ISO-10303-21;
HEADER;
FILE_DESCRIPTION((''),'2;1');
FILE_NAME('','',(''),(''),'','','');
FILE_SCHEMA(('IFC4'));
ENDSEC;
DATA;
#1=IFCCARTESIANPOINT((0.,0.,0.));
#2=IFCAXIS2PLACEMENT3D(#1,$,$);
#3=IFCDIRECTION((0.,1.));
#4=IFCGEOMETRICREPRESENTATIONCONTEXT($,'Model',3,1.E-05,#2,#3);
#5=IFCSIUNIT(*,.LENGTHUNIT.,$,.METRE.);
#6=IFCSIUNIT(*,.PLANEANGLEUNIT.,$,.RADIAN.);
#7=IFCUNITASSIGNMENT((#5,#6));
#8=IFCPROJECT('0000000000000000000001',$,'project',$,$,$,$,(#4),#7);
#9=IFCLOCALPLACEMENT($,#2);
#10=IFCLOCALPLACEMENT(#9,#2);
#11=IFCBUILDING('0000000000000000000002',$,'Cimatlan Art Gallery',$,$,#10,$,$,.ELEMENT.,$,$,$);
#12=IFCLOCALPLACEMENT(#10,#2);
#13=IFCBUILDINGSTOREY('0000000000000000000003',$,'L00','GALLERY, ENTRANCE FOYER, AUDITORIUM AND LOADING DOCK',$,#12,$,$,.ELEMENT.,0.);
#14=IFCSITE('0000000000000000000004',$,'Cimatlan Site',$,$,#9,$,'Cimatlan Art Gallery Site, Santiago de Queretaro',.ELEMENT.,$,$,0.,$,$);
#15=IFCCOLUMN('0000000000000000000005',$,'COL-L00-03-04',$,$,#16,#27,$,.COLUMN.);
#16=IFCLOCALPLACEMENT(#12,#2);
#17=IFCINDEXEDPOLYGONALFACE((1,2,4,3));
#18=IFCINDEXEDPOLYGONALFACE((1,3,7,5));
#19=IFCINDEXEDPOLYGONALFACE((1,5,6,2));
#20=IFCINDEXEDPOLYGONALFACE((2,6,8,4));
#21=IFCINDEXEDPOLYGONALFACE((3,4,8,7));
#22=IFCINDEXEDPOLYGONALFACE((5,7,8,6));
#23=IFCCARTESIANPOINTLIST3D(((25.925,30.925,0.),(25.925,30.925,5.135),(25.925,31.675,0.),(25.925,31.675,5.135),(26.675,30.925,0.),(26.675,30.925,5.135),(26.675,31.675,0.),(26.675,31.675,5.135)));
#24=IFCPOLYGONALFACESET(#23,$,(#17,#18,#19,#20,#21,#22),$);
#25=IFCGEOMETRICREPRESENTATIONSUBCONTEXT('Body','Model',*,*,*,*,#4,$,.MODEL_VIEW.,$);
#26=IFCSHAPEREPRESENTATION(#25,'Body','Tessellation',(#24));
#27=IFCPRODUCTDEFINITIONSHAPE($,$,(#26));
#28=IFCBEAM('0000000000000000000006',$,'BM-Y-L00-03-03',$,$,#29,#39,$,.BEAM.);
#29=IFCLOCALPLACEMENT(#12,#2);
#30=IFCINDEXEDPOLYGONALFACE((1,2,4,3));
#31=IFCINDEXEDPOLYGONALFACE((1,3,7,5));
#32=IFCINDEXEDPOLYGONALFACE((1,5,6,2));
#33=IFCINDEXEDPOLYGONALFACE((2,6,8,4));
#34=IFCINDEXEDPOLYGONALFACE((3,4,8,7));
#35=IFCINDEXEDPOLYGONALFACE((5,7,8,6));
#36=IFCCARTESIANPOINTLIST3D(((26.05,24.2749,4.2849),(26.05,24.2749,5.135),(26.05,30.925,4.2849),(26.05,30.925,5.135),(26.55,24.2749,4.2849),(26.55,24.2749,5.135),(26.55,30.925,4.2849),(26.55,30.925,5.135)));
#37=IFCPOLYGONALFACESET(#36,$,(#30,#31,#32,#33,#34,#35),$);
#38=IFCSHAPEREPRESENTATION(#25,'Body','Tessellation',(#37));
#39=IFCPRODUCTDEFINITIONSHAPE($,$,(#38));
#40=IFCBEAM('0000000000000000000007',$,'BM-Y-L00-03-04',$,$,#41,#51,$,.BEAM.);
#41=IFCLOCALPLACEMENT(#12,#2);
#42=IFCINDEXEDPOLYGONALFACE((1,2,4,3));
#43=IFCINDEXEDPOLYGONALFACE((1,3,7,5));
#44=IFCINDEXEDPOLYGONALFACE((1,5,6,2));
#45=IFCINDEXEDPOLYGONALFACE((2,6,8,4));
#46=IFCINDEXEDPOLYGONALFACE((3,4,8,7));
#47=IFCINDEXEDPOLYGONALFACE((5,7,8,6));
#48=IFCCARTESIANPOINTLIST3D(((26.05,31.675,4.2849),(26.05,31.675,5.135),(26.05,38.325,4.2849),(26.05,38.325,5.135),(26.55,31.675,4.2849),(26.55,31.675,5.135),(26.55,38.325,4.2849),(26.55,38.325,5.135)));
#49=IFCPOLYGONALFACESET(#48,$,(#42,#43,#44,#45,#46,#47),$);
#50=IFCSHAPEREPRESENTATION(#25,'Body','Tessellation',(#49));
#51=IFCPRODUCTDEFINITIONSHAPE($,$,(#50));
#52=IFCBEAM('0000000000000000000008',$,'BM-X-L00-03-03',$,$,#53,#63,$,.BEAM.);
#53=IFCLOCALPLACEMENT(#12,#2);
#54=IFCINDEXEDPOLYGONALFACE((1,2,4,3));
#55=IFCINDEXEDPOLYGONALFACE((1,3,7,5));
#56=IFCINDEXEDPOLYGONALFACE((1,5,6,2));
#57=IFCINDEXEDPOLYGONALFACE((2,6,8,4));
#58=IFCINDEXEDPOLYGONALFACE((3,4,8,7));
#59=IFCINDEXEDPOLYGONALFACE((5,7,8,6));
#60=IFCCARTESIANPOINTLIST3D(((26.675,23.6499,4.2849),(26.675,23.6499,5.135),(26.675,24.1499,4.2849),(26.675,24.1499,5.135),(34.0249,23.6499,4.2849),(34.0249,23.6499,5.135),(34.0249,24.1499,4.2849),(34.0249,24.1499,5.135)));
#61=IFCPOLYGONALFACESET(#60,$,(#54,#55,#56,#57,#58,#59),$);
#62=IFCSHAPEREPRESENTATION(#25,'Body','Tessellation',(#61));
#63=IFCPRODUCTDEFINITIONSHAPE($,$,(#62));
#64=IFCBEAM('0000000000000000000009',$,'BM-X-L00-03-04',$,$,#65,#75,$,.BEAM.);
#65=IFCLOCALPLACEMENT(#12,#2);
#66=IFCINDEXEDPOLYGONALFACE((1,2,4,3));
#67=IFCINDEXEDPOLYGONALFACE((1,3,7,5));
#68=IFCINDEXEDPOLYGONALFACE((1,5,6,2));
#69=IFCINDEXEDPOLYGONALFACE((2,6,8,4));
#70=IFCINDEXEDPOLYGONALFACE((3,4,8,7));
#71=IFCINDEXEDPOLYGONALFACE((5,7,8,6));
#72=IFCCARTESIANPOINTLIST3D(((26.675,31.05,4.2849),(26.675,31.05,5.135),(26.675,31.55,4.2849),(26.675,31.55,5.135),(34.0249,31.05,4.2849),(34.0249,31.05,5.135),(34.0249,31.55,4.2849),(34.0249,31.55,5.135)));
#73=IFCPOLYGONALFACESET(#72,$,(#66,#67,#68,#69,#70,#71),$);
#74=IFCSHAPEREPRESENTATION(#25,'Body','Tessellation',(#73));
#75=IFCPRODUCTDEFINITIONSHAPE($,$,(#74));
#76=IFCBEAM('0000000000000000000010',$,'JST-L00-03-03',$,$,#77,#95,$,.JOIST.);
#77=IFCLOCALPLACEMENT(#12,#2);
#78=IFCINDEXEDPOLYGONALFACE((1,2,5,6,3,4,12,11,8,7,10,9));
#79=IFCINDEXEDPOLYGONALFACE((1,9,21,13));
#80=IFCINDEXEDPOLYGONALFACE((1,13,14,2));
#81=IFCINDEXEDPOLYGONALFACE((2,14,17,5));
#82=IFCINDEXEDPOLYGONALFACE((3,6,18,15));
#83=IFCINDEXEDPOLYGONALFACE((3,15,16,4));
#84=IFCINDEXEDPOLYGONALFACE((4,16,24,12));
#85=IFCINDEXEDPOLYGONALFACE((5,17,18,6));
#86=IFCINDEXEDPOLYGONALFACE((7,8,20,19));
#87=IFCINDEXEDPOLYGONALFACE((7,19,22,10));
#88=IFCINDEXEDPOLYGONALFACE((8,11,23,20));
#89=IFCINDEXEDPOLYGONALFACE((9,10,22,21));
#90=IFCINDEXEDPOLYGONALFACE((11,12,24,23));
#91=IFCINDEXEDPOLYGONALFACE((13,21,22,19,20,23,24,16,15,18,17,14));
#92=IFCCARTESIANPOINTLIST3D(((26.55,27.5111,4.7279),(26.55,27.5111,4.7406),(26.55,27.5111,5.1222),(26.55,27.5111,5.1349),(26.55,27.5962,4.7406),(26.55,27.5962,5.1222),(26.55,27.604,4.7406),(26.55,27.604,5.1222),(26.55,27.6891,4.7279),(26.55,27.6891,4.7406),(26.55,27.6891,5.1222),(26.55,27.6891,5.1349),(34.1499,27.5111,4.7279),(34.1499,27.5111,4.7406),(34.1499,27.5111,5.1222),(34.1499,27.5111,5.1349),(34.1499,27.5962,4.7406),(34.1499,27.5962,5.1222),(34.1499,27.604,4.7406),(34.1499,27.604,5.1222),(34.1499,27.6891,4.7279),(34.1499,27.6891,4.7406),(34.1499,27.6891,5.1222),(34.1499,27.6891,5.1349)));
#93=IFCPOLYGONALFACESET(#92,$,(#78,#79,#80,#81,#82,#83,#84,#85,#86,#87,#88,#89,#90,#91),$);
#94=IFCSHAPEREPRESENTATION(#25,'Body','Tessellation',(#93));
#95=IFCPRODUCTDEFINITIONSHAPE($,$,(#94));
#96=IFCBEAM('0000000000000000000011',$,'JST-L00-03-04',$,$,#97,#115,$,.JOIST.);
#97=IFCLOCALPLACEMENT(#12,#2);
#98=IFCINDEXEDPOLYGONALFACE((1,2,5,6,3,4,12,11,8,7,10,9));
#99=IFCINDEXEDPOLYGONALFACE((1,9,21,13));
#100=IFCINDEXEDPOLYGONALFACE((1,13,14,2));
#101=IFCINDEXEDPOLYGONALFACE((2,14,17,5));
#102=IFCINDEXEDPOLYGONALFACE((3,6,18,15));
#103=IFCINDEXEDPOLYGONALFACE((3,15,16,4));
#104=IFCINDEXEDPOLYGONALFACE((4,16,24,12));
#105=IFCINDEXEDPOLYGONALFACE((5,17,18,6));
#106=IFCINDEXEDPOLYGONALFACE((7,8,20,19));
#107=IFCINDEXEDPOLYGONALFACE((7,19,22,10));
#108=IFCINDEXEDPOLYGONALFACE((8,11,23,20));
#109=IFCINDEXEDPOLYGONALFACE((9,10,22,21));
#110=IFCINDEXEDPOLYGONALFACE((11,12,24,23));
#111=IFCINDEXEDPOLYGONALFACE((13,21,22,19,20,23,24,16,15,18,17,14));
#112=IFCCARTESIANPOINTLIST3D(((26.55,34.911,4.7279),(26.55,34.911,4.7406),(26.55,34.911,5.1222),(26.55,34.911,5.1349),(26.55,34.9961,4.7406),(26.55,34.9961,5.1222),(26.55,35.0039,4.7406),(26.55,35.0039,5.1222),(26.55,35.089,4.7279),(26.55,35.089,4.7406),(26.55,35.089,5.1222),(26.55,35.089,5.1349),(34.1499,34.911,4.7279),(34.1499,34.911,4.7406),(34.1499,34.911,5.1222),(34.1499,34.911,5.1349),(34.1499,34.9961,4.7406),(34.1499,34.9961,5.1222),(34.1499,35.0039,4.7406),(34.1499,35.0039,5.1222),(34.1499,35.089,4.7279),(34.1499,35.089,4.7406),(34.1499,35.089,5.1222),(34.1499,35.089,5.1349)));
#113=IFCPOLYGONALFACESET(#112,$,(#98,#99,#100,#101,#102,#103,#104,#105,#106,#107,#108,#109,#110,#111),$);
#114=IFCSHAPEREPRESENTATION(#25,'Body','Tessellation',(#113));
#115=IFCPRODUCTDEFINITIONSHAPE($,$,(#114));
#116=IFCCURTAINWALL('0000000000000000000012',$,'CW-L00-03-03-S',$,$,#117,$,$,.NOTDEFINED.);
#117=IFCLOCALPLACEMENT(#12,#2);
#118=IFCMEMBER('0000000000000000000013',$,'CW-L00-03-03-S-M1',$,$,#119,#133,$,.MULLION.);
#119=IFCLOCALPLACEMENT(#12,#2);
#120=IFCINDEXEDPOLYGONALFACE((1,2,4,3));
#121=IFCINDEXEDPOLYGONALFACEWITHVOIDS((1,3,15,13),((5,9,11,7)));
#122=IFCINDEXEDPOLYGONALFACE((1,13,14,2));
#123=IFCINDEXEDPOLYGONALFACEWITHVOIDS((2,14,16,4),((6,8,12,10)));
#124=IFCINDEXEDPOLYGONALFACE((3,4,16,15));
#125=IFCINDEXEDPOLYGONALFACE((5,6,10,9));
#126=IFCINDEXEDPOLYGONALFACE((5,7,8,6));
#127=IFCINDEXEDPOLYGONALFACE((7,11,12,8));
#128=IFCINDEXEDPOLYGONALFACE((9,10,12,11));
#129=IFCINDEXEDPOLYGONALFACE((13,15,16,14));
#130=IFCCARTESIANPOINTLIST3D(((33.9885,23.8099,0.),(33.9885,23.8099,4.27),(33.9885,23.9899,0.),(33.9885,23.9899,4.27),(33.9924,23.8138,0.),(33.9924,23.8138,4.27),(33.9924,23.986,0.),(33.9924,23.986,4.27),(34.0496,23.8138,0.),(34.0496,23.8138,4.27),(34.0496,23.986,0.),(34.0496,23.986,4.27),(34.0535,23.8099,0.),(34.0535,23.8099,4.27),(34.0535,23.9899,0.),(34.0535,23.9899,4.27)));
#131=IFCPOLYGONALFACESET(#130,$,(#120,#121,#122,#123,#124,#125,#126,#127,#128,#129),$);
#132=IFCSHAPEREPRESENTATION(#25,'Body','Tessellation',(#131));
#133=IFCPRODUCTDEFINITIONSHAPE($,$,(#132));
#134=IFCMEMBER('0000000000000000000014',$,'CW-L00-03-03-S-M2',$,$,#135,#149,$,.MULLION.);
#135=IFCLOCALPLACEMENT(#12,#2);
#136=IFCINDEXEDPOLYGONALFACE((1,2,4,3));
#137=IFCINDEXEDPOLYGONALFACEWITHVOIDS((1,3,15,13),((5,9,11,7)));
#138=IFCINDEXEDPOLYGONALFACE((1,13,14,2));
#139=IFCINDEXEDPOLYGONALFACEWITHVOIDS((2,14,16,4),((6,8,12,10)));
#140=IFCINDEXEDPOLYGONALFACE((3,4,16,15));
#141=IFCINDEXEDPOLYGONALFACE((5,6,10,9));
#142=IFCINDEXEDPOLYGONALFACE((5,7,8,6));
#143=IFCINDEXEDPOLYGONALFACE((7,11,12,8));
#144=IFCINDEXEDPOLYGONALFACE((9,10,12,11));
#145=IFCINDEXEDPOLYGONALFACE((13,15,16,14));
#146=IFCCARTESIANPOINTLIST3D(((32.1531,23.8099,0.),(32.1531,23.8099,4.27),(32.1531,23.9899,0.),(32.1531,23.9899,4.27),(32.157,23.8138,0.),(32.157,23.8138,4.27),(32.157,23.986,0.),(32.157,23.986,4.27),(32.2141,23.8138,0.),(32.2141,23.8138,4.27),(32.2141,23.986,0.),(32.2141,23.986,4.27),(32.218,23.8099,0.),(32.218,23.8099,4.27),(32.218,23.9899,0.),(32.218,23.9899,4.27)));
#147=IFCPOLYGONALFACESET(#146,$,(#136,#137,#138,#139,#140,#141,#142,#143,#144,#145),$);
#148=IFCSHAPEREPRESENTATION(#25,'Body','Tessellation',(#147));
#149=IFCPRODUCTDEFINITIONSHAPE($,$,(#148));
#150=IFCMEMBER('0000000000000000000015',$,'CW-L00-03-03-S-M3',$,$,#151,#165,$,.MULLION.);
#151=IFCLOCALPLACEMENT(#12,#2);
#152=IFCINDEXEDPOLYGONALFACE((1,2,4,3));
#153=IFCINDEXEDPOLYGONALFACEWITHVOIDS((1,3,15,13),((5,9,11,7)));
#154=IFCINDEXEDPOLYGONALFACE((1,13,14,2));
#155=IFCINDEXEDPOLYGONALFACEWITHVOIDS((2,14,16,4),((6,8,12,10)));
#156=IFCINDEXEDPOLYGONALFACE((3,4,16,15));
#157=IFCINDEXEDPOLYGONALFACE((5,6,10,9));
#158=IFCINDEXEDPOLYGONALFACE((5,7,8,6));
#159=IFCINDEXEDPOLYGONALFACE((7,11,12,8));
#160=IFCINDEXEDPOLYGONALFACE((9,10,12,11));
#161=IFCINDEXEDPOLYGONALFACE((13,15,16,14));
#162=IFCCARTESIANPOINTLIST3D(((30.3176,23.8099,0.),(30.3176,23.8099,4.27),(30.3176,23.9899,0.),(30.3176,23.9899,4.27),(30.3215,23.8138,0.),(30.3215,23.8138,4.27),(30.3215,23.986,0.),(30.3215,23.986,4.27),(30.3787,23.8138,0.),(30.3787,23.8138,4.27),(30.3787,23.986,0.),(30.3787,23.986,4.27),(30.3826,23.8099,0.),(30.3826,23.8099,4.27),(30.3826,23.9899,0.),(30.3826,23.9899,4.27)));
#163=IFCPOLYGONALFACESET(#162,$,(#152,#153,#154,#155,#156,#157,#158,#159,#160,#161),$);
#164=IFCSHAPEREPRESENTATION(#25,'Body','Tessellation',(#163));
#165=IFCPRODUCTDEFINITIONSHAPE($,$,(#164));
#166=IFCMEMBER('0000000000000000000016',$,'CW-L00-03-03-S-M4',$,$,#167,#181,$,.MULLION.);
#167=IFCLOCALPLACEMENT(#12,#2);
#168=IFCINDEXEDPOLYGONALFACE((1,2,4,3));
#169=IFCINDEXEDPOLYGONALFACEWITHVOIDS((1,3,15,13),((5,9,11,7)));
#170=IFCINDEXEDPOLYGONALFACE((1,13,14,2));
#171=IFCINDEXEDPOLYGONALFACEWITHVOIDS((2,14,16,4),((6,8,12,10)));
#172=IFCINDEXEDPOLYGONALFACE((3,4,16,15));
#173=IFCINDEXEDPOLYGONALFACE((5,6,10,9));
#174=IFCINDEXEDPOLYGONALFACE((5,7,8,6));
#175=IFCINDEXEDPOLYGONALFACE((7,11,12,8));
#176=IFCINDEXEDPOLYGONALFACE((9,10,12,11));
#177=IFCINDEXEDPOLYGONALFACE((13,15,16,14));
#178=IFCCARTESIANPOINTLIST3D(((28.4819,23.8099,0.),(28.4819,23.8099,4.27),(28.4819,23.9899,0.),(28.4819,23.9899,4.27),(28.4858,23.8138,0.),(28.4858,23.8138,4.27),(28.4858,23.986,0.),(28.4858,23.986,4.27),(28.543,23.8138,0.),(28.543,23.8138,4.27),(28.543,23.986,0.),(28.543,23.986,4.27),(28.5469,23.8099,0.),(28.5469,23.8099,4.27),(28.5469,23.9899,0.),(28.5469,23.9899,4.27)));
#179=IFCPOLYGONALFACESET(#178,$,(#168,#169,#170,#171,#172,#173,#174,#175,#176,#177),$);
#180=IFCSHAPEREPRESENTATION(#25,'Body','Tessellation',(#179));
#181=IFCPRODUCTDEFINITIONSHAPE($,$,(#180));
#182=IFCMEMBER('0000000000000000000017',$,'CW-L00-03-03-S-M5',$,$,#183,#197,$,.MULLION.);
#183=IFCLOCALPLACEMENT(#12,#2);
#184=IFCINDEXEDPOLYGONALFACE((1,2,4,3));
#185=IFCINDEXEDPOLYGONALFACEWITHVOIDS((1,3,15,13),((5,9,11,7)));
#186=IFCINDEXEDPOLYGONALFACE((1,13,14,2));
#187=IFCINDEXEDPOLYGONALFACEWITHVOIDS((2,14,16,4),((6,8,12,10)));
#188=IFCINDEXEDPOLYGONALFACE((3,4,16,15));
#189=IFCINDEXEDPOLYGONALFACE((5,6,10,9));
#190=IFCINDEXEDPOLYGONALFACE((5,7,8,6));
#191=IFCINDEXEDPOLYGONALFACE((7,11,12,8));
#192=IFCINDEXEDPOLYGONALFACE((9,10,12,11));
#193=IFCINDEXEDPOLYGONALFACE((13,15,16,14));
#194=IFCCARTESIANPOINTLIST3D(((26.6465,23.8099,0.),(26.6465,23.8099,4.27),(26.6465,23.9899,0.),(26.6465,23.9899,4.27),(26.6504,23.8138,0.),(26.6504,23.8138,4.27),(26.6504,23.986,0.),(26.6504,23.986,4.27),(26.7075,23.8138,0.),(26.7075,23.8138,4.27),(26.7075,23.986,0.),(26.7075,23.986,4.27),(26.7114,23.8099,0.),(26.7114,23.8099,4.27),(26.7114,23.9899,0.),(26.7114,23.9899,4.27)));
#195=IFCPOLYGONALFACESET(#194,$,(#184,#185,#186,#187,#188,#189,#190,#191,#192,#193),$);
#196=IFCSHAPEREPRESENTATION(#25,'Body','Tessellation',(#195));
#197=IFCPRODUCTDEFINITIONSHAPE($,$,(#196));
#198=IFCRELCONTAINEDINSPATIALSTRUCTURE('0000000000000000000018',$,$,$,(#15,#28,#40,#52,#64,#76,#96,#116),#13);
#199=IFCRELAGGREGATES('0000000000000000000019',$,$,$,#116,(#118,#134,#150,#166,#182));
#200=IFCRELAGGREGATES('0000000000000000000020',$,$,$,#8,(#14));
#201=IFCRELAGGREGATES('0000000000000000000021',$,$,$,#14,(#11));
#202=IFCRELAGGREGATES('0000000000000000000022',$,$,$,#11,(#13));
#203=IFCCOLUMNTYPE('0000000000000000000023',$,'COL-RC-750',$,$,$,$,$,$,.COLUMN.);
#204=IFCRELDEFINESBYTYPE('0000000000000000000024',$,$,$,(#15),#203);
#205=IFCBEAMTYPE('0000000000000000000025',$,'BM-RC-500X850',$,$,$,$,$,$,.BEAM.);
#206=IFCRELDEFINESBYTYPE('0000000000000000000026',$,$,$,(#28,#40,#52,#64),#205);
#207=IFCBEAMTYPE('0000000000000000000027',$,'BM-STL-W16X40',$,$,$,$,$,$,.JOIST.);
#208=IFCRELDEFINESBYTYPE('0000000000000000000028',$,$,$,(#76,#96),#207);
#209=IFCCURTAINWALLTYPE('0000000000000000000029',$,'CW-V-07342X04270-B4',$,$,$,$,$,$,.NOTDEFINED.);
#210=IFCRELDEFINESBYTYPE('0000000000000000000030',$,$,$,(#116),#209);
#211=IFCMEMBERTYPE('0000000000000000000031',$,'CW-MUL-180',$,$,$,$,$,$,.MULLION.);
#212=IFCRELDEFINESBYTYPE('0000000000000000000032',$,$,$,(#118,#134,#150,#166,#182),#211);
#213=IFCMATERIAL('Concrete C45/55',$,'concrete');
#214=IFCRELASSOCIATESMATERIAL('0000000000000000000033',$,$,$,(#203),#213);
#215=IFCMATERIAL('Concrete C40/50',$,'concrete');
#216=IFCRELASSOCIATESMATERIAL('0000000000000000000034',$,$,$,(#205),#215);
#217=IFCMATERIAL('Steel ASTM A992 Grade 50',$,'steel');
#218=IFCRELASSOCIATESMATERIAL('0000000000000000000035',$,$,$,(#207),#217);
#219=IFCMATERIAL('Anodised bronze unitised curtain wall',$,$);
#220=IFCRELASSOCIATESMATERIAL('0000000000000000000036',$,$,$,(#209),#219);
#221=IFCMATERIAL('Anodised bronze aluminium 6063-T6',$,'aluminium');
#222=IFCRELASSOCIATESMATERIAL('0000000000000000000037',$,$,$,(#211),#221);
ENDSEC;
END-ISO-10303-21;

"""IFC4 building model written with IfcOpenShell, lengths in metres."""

from ifc_helpers import new_model, si_unit, direction, frame, origin, origin_2d, place, context, subcontext, project, spatial, rectangle, hollow_rectangle, i_section, extrude, material, material_profile, profile_set, type_object, element, aggregate, save


model = new_model("IFC4")

# Units and contexts
model_context = context("Model", 3, precision=1e-05, world=origin(), true_north=direction((0.0, 1.0)))
body_context = subcontext(model_context, "Body", "Model", "MODEL_VIEW")
ifc_project = project(units=[si_unit("LENGTHUNIT", "METRE"), si_unit("PLANEANGLEUNIT", "RADIAN")], contexts=[model_context])

# Site, building, storey
site_placement = place(None, origin())
site = spatial("IfcSite", under=ifc_project, at=site_placement, Name="Cimatlan Site", LongName="Cimatlan Art Gallery Site, Santiago de Queretaro", CompositionType="ELEMENT", RefElevation=0.0)
building_placement = place(site_placement, origin())
building = spatial("IfcBuilding", under=site, at=building_placement, Name="Cimatlan Art Gallery", CompositionType="ELEMENT")
storey_placement = place(building_placement, origin())
storey = spatial("IfcBuildingStorey", under=building, at=storey_placement, Name="L00", Description="GALLERY, ENTRANCE FOYER, AUDITORIUM AND LOADING DOCK", CompositionType="ELEMENT", Elevation=0.0)

# Column
ifc_material_1 = material(Name="Concrete C45/55", Category="concrete")
ifc_material_profile_1 = material_profile(ifc_material_1, rectangle(XDim=0.75, YDim=0.75, at=origin_2d()), Name="RC750X750")
ifc_profile_set_1 = profile_set([ifc_material_profile_1], Name="Concrete C45/55")
column_type = type_object("IfcColumnType", Name="COL-RC-750", PredefinedType="COLUMN", material=ifc_profile_set_1)
column_placement = place(storey_placement, frame((26.3, 31.3, 0.0), z_axis=(0.0, 0.0, 1.0), x_axis=(1.0, 0.0, 0.0)))
element("IfcColumn", 1, at=column_placement, inside=storey, type_object=column_type, Name="COL-L00-03-04", PredefinedType="COLUMN", context=body_context, shape_type="SweptSolid", body=[
    extrude(rectangle(XDim=0.75, YDim=0.75, at=origin_2d()), origin(), (0.0, 0.0, 1.0), 5.135),
])

# Beams
ifc_material_2 = material(Name="Concrete C40/50", Category="concrete")
ifc_material_profile_2 = material_profile(ifc_material_2, rectangle(XDim=0.5, YDim=0.8501, at=origin_2d()), Name="RC500X850")
ifc_profile_set_2 = profile_set([ifc_material_profile_2], Name="Concrete C40/50")
beam_type_1 = type_object("IfcBeamType", Name="BM-RC-500X850", PredefinedType="BEAM", material=ifc_profile_set_2)
beam_1_placement = place(storey_placement, frame((26.3, 24.2749, 4.71), z_axis=(0.0, 1.0, 0.0), x_axis=(-1.0, 0.0, 0.0)))
element("IfcBeam", 2, at=beam_1_placement, inside=storey, type_object=beam_type_1, Name="BM-Y-L00-03-03", PredefinedType="BEAM", context=body_context, shape_type="SweptSolid", body=[
    extrude(rectangle(XDim=0.5, YDim=0.8501, at=origin_2d()), origin(), (0.0, 0.0, 1.0), 6.6501),
])
beam_2_placement = place(storey_placement, frame((26.3, 31.675, 4.71), z_axis=(0.0, 1.0, 0.0), x_axis=(-1.0, 0.0, 0.0)))
element("IfcBeam", 3, at=beam_2_placement, inside=storey, type_object=beam_type_1, Name="BM-Y-L00-03-04", PredefinedType="BEAM", context=body_context, shape_type="SweptSolid", body=[
    extrude(rectangle(XDim=0.5, YDim=0.8501, at=origin_2d()), origin(), (0.0, 0.0, 1.0), 6.6499),
])
for number, where, z_axis, x_axis, name in (
    (4, (26.675, 23.8999, 4.71), (1.0, 0.0, 0.0), (0.0, 1.0, 0.0), "BM-X-L00-03-03"),
    (5, (26.675, 31.3, 4.71), (1.0, 0.0, 0.0), (0.0, 1.0, 0.0), "BM-X-L00-03-04"),
):
    element("IfcBeam", number, at=place(storey_placement, frame(where, z_axis=z_axis, x_axis=x_axis)), inside=storey, type_object=beam_type_1, Name=name, PredefinedType="BEAM", context=body_context, shape_type="SweptSolid", body=[
        extrude(rectangle(XDim=0.5, YDim=0.8501, at=origin_2d()), origin(), (0.0, 0.0, 1.0), 7.3499),
    ])
ifc_material_3 = material(Name="Steel ASTM A992 Grade 50", Category="steel")
ifc_material_profile_3 = material_profile(ifc_material_3, i_section(OverallWidth=0.178, OverallDepth=0.407, WebThickness=0.0078, FlangeThickness=0.0127, at=origin_2d()), Name="W16X40")
ifc_profile_set_3 = profile_set([ifc_material_profile_3], Name="Steel ASTM A992 Grade 50")
beam_type_2 = type_object("IfcBeamType", Name="BM-STL-W16X40", PredefinedType="JOIST", material=ifc_profile_set_3)
for number, where, z_axis, x_axis, name in (
    (6, (26.55, 27.6001, 4.9314), (1.0, 0.0, 0.0), (0.0, 1.0, 0.0), "JST-L00-03-03"),
    (7, (26.55, 35.0, 4.9314), (1.0, 0.0, 0.0), (0.0, 1.0, 0.0), "JST-L00-03-04"),
):
    element("IfcBeam", number, at=place(storey_placement, frame(where, z_axis=z_axis, x_axis=x_axis)), inside=storey, type_object=beam_type_2, Name=name, PredefinedType="JOIST", context=body_context, shape_type="SweptSolid", body=[
        extrude(i_section(OverallWidth=0.178, OverallDepth=0.407, WebThickness=0.0078, FlangeThickness=0.0127, at=origin_2d()), origin(), (0.0, 0.0, 1.0), 7.5999),
    ])

# Curtain wall, members
ifc_material_4 = material(Name="Anodised bronze unitised curtain wall")
curtain_wall_type = type_object("IfcCurtainWallType", Name="CW-V-07342X04270-B4", PredefinedType="NOTDEFINED", material=ifc_material_4)
curtain_wall_placement = place(storey_placement, origin())
curtain_wall = element("IfcCurtainWall", 8, at=curtain_wall_placement, inside=storey, type_object=curtain_wall_type, Name="CW-L00-03-03-S", PredefinedType="NOTDEFINED")
ifc_material_5 = material(Name="Anodised bronze aluminium 6063-T6", Category="aluminium")
ifc_material_profile_4 = material_profile(ifc_material_5, hollow_rectangle(XDim=0.0649, YDim=0.1799, WallThickness=0.0039, at=origin_2d()), Name="ALU65X180X4")
ifc_profile_set_4 = profile_set([ifc_material_profile_4], Name="Anodised bronze aluminium 6063-T6")
member_type_1 = type_object("IfcMemberType", Name="CW-MUL-180", PredefinedType="MULLION", material=ifc_profile_set_4)
member_1_placement = place(storey_placement, frame((34.021, 23.8999, 0.0), z_axis=(0.0, 0.0, 1.0), x_axis=(1.0, 0.0, 0.0)))
member_1 = element("IfcMember", 9, at=member_1_placement, type_object=member_type_1, Name="CW-L00-03-03-S-M1", PredefinedType="MULLION", context=body_context, shape_type="SweptSolid", body=[
    extrude(hollow_rectangle(XDim=0.0649, YDim=0.1799, WallThickness=0.0039, at=origin_2d()), origin(), (0.0, 0.0, 1.0), 4.27),
])
member_2_placement = place(storey_placement, frame((32.1855, 23.8999, 0.0), z_axis=(0.0, 0.0, 1.0), x_axis=(1.0, 0.0, 0.0)))
member_2 = element("IfcMember", 10, at=member_2_placement, type_object=member_type_1, Name="CW-L00-03-03-S-M2", PredefinedType="MULLION", context=body_context, shape_type="SweptSolid", body=[
    extrude(hollow_rectangle(XDim=0.0649, YDim=0.1799, WallThickness=0.0039, at=origin_2d()), origin(), (0.0, 0.0, 1.0), 4.27),
])
member_3_placement = place(storey_placement, frame((30.3501, 23.8999, 0.0), z_axis=(0.0, 0.0, 1.0), x_axis=(1.0, 0.0, 0.0)))
member_3 = element("IfcMember", 11, at=member_3_placement, type_object=member_type_1, Name="CW-L00-03-03-S-M3", PredefinedType="MULLION", context=body_context, shape_type="SweptSolid", body=[
    extrude(hollow_rectangle(XDim=0.0649, YDim=0.1799, WallThickness=0.0039, at=origin_2d()), origin(), (0.0, 0.0, 1.0), 4.27),
])
member_4_placement = place(storey_placement, frame((28.5144, 23.8999, 0.0), z_axis=(0.0, 0.0, 1.0), x_axis=(1.0, 0.0, 0.0)))
member_4 = element("IfcMember", 12, at=member_4_placement, type_object=member_type_1, Name="CW-L00-03-03-S-M4", PredefinedType="MULLION", context=body_context, shape_type="SweptSolid", body=[
    extrude(hollow_rectangle(XDim=0.0649, YDim=0.1799, WallThickness=0.0039, at=origin_2d()), origin(), (0.0, 0.0, 1.0), 4.27),
])
member_5_placement = place(storey_placement, frame((26.679, 23.8999, 0.0), z_axis=(0.0, 0.0, 1.0), x_axis=(1.0, 0.0, 0.0)))
member_5 = element("IfcMember", 13, at=member_5_placement, type_object=member_type_1, Name="CW-L00-03-03-S-M5", PredefinedType="MULLION", context=body_context, shape_type="SweptSolid", body=[
    extrude(hollow_rectangle(XDim=0.0649, YDim=0.1799, WallThickness=0.0039, at=origin_2d()), origin(), (0.0, 0.0, 1.0), 4.27),
])
aggregate(curtain_wall, [member_1, member_2, member_3, member_4, member_5])

save(model, "model.ifc")
